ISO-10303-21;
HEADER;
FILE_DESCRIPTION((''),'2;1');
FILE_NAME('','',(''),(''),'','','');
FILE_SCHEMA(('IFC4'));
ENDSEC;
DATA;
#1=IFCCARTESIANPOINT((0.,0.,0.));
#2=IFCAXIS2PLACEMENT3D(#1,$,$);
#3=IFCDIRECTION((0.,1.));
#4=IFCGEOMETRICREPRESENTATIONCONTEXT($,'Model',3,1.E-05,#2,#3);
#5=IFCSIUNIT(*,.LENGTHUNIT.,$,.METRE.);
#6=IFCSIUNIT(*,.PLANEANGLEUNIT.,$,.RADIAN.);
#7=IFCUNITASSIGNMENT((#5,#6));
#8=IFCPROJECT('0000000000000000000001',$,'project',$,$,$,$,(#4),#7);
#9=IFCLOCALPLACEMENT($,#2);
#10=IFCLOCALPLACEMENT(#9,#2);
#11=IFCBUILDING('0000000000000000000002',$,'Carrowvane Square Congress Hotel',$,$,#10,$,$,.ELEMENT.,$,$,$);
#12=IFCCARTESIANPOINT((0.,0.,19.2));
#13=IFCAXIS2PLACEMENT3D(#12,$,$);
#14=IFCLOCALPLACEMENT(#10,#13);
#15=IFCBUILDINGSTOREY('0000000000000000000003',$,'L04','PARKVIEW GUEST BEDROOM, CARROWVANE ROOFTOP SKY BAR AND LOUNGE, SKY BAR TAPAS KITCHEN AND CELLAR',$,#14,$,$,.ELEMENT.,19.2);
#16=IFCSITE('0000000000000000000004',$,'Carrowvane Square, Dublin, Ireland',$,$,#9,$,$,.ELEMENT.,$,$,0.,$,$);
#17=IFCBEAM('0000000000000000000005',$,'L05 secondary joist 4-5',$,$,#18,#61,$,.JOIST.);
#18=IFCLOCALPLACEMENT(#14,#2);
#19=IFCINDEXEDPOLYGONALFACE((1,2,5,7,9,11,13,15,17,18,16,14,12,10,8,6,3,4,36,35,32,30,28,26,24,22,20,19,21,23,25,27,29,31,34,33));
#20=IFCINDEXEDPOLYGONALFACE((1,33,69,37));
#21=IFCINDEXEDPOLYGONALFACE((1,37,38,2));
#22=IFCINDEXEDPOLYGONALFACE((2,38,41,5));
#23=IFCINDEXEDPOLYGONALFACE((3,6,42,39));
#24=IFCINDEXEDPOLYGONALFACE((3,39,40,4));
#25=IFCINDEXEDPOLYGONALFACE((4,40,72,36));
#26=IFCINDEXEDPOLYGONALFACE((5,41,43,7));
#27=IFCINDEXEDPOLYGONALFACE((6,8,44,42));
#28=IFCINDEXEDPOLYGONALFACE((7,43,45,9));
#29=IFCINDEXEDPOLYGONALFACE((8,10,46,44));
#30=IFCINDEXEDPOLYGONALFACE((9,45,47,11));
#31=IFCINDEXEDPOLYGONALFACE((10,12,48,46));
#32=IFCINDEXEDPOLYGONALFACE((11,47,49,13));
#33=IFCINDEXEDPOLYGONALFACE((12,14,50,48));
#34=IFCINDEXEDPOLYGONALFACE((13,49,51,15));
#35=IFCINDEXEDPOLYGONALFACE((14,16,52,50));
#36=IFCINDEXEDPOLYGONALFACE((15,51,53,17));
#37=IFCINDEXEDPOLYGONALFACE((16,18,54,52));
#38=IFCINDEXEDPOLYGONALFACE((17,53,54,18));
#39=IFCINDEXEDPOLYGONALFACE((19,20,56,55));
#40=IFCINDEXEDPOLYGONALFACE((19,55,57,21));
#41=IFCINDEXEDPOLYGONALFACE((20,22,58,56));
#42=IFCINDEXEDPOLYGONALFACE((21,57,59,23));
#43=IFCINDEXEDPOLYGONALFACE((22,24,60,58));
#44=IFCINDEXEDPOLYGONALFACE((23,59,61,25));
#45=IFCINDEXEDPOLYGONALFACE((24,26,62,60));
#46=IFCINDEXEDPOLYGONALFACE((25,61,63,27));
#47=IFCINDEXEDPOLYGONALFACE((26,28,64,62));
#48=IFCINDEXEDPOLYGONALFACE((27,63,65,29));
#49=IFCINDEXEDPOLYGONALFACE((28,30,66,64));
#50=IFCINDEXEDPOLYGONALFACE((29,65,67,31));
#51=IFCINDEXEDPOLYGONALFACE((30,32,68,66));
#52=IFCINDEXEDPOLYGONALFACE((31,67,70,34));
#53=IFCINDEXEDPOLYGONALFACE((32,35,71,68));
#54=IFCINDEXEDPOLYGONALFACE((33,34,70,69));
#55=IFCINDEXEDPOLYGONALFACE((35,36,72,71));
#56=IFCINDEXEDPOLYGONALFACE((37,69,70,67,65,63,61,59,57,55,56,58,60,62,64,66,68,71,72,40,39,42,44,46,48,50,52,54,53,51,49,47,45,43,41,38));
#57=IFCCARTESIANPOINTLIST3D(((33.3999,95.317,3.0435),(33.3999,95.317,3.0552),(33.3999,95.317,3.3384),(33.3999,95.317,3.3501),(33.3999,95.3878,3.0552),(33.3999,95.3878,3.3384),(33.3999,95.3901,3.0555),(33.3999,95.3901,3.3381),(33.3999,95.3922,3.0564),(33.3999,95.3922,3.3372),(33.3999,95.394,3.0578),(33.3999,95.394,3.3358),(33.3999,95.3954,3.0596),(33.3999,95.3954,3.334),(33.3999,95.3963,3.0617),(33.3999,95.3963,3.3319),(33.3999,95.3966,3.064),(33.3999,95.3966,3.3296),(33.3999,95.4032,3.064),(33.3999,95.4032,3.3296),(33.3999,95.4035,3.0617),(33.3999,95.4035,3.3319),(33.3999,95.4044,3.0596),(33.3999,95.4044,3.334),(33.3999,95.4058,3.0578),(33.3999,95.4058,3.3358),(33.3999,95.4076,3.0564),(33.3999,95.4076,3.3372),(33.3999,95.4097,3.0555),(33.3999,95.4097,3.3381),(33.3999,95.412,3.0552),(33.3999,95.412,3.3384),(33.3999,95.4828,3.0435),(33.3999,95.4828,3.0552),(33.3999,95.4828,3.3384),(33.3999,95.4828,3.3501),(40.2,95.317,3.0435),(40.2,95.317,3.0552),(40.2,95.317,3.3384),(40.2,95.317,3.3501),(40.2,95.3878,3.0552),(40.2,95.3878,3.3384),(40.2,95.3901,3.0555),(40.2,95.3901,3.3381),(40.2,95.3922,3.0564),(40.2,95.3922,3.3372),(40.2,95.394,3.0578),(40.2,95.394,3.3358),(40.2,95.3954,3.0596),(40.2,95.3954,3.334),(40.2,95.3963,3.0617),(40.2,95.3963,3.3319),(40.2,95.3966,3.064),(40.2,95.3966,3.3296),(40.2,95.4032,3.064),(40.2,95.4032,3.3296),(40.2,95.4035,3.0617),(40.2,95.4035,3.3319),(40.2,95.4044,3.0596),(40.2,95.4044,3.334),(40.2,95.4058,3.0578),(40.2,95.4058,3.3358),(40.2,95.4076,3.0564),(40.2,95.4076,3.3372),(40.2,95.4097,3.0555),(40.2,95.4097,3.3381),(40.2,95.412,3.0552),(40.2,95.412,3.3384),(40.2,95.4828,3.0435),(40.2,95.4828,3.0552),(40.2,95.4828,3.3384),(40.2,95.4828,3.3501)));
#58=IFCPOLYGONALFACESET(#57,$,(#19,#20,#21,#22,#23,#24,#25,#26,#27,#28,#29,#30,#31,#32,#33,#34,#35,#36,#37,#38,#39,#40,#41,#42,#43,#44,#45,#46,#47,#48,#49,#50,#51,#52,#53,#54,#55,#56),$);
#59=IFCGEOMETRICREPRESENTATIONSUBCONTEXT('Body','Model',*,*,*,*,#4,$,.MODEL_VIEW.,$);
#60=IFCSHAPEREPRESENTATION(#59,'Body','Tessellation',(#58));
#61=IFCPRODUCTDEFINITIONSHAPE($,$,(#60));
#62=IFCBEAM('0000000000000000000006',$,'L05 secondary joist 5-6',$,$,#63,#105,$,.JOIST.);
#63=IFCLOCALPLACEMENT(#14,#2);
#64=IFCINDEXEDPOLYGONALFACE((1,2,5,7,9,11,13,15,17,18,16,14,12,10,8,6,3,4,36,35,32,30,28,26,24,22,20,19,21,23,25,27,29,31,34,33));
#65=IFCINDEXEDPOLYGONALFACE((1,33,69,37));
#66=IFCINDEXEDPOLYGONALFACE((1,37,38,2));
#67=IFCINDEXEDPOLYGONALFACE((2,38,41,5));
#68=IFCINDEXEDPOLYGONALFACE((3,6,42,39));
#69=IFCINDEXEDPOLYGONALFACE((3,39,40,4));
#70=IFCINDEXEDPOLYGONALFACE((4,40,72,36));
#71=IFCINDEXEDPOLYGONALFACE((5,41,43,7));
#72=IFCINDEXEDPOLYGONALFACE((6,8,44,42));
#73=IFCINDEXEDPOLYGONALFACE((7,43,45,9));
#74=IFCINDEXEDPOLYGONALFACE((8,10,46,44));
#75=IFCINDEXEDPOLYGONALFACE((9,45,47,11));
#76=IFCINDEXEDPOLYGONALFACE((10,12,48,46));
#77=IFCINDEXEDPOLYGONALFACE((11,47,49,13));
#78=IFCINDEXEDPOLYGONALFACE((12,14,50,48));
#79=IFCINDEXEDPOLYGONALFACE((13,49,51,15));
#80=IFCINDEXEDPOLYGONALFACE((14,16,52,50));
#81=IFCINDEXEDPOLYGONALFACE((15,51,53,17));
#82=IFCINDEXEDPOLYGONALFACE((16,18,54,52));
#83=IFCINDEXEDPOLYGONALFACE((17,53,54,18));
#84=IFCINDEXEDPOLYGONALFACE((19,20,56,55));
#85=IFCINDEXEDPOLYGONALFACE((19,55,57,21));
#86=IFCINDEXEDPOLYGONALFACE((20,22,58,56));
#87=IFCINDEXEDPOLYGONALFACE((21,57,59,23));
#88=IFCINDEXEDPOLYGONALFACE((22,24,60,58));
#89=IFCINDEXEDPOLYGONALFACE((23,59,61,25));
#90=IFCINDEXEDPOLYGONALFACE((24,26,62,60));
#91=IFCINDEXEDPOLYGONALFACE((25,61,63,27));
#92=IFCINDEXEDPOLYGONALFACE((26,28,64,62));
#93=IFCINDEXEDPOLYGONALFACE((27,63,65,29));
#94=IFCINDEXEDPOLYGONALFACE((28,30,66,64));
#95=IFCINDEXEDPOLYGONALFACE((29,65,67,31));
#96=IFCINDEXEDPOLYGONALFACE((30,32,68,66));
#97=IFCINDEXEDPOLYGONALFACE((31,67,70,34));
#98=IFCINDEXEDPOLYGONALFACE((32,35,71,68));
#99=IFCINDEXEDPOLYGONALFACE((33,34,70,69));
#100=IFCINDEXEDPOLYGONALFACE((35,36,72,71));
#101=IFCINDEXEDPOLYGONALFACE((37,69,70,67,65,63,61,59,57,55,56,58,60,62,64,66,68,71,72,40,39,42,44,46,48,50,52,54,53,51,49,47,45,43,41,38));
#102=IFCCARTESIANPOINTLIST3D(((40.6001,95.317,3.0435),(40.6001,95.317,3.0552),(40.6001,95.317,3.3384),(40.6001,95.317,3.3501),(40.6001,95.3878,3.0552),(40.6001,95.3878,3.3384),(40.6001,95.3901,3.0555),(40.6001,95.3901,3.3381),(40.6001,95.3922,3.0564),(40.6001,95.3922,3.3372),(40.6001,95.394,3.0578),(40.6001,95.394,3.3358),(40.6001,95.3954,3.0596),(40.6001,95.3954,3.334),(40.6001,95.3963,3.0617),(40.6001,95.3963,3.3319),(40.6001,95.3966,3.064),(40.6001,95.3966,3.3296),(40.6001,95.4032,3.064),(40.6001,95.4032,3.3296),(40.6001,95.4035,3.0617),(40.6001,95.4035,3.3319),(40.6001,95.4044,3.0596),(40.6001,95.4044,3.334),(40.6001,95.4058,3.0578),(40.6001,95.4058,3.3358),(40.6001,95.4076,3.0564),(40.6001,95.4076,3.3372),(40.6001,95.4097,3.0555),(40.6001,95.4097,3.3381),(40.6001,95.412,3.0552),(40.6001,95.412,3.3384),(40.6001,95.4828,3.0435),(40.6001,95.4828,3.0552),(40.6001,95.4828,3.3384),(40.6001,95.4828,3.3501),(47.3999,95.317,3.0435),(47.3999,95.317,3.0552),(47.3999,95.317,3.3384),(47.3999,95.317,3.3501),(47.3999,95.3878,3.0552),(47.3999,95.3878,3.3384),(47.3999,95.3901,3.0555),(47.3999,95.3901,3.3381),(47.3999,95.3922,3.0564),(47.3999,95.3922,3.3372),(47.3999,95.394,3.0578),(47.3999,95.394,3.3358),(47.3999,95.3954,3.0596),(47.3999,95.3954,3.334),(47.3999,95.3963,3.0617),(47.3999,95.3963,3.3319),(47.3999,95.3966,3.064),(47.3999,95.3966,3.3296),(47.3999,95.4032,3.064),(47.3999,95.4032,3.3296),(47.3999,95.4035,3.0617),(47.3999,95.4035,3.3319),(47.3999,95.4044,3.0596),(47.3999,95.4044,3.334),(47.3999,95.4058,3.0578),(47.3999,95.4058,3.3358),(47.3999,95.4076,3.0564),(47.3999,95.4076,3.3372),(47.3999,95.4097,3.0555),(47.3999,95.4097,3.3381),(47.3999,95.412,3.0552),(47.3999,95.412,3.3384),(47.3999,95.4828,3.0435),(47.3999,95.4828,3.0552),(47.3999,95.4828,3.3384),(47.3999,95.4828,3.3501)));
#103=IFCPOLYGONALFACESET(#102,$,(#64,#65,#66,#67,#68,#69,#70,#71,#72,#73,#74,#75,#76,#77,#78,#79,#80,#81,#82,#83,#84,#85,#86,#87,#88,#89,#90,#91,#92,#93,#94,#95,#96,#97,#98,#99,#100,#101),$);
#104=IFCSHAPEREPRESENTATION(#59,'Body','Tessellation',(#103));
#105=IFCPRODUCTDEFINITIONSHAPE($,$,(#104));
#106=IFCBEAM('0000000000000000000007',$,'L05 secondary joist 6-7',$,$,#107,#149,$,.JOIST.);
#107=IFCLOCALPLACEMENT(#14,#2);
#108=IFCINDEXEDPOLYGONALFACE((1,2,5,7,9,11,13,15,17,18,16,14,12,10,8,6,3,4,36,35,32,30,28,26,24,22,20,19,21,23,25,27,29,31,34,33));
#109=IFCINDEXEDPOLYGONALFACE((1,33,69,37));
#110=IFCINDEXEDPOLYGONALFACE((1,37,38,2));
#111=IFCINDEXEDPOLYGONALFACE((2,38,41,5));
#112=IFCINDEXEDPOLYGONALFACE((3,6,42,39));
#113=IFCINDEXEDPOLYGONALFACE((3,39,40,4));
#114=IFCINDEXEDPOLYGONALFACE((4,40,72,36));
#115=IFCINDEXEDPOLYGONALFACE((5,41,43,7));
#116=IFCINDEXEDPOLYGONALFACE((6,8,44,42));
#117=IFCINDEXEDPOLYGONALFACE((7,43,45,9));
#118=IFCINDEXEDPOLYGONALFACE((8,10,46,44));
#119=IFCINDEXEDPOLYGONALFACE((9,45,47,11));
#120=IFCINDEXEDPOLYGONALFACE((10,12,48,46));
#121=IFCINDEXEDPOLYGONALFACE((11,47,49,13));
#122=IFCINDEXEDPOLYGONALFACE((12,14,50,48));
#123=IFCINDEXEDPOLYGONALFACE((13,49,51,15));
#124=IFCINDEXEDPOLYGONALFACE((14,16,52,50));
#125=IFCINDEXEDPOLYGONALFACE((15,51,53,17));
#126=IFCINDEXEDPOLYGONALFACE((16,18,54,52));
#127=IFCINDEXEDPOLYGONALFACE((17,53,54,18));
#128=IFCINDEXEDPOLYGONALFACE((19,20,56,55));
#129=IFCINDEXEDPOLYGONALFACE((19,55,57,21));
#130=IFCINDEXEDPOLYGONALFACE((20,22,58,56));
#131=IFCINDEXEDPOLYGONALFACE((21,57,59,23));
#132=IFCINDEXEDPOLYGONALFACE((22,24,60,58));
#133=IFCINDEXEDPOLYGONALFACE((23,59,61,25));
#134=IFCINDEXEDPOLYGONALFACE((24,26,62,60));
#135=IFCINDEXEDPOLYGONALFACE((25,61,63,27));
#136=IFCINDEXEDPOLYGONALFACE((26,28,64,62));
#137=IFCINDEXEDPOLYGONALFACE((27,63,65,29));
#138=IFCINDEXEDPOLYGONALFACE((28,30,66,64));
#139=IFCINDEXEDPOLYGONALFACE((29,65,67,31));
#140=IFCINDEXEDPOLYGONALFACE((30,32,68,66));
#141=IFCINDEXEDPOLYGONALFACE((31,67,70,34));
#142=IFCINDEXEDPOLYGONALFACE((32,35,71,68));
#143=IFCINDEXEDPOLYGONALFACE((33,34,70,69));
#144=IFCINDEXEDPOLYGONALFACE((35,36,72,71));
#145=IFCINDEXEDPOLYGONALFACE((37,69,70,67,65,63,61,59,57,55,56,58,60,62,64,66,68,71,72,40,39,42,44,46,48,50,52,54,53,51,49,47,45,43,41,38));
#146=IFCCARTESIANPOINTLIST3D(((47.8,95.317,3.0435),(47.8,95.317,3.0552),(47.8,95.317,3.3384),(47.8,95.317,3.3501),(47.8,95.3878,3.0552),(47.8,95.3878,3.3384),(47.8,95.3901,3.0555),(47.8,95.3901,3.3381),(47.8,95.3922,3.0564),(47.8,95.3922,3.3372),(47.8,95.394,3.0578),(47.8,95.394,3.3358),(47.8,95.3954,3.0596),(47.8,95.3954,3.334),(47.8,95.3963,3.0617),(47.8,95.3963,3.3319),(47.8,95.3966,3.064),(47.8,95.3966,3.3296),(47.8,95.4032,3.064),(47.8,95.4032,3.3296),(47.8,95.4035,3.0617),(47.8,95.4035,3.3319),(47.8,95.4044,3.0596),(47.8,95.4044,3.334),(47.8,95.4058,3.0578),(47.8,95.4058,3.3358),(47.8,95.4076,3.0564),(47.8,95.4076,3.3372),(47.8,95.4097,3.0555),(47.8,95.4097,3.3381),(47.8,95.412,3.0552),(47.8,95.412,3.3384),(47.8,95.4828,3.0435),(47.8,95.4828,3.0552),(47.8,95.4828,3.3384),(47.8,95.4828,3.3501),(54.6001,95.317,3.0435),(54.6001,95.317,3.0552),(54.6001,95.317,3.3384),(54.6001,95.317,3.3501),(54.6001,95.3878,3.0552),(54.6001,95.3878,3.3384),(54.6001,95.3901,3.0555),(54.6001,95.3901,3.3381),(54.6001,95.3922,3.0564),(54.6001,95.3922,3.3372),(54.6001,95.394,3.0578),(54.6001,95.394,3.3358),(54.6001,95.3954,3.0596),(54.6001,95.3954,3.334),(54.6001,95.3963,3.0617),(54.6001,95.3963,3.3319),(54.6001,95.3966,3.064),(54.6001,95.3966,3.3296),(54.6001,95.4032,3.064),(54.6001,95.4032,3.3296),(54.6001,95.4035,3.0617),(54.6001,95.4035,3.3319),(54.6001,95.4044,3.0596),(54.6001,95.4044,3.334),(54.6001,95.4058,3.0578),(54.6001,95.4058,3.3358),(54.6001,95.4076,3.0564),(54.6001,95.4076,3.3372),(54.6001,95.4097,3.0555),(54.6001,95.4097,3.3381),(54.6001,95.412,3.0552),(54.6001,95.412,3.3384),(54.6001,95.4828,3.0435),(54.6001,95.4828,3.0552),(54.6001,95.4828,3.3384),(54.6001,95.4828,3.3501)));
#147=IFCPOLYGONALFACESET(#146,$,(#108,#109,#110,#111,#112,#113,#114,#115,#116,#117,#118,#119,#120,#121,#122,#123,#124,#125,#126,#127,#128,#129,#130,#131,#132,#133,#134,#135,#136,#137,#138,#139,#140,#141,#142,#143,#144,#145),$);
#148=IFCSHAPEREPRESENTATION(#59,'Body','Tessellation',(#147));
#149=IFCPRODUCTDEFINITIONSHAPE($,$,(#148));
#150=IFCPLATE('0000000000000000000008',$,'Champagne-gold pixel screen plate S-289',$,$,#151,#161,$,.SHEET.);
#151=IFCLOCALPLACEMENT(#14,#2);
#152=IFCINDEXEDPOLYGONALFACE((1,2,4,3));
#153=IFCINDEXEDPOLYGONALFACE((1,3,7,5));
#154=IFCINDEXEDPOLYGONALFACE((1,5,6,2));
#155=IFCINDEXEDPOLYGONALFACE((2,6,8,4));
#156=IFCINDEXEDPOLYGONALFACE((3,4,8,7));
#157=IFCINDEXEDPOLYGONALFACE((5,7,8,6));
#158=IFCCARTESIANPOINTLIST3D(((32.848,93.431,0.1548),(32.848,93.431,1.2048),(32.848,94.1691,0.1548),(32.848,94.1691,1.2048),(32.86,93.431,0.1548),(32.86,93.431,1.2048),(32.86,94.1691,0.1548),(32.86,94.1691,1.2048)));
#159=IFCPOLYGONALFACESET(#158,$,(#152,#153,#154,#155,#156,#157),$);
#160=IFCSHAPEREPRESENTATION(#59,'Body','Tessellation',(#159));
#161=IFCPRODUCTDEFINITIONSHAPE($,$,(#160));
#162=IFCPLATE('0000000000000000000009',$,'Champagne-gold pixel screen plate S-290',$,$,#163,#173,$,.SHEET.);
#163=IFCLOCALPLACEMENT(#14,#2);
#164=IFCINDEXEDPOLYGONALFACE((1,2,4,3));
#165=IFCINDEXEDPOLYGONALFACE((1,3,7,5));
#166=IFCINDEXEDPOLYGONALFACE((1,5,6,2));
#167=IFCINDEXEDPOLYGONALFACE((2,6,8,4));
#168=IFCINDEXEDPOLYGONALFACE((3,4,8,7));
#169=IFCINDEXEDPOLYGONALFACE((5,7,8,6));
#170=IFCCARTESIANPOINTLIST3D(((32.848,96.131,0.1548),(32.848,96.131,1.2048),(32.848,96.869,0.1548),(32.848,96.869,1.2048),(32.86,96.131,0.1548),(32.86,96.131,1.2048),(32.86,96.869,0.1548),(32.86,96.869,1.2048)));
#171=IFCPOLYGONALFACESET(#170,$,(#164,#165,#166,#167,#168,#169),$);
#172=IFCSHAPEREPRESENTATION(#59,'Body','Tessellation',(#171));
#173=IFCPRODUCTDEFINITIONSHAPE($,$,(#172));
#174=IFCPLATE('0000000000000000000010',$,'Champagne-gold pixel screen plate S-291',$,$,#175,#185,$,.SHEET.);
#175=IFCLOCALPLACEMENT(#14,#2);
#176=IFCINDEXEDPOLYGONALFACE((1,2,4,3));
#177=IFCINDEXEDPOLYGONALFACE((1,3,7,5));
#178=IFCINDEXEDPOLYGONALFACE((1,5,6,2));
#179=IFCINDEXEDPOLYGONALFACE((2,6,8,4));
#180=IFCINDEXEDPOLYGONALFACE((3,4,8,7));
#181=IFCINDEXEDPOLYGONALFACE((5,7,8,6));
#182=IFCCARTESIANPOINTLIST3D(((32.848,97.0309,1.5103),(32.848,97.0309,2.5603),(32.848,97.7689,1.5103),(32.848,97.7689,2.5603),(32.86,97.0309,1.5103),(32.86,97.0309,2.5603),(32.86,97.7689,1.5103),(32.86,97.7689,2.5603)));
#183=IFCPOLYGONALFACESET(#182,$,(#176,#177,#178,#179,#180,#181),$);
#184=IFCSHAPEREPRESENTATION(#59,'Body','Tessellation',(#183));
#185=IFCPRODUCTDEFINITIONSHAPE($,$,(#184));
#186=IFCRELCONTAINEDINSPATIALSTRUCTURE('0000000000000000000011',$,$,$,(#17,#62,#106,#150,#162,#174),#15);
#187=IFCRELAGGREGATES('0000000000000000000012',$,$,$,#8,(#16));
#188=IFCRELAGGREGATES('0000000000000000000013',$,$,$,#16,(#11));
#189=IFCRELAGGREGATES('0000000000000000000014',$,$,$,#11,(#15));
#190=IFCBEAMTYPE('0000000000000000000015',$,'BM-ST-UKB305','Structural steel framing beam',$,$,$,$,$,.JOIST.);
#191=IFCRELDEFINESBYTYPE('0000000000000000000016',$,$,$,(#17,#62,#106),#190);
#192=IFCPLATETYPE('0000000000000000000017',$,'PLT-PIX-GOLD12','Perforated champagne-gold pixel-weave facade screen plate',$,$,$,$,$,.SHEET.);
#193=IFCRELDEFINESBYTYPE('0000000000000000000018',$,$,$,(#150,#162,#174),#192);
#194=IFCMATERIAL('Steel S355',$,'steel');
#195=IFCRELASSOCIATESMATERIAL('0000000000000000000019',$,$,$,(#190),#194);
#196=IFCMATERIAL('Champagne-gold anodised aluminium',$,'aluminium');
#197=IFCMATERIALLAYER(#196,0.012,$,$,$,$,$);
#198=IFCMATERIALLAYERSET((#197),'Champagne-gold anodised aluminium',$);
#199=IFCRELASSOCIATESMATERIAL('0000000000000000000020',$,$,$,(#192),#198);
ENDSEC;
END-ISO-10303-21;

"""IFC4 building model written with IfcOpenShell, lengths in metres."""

from ifc_helpers import new_model, si_unit, direction, frame, origin, origin_2d, place, context, subcontext, project, spatial, rectangle, i_section, extrude, material, layer, layer_set, material_profile, profile_set, type_object, element, save


model = new_model("IFC4")

# Units and contexts
model_context = context("Model", 3, precision=1e-05, world=origin(), true_north=direction((0.0, 1.0)))
body_context = subcontext(model_context, "Body", "Model", "MODEL_VIEW")
ifc_project = project(units=[si_unit("LENGTHUNIT", "METRE"), si_unit("PLANEANGLEUNIT", "RADIAN")], contexts=[model_context])

# Site, building, storey
site_placement = place(None, origin())
site = spatial("IfcSite", under=ifc_project, at=site_placement, Name="Carrowvane Square, Dublin, Ireland", CompositionType="ELEMENT", RefElevation=0.0)
building_placement = place(site_placement, origin())
building = spatial("IfcBuilding", under=site, at=building_placement, Name="Carrowvane Square Congress Hotel", CompositionType="ELEMENT")
storey_placement = place(building_placement, frame((0.0, 0.0, 19.2)))
storey = spatial("IfcBuildingStorey", under=building, at=storey_placement, Name="L04", Description="PARKVIEW GUEST BEDROOM, CARROWVANE ROOFTOP SKY BAR AND LOUNGE, SKY BAR TAPAS KITCHEN AND CELLAR", CompositionType="ELEMENT", Elevation=19.2)

# Beams
ifc_material_1 = material(Name="Steel S355", Category="steel")
ifc_material_profile_1 = material_profile(ifc_material_1, i_section(OverallWidth=0.1658, OverallDepth=0.3066, WebThickness=0.0066, FlangeThickness=0.0117, FilletRadius=0.0088, at=origin_2d()), Name="UKB 305x165x46")
ifc_profile_set_1 = profile_set([ifc_material_profile_1], Name="Steel S355")
beam_type_1 = type_object("IfcBeamType", Name="BM-ST-UKB305", Description="Structural steel framing beam", PredefinedType="JOIST", material=ifc_profile_set_1)
beam_1_placement = place(storey_placement, frame((33.3999, 95.3999, 3.1968), z_axis=(1.0, 0.0, 0.0), x_axis=(0.0, 1.0, 0.0)))
element("IfcBeam", 1, at=beam_1_placement, inside=storey, type_object=beam_type_1, Name="L05 secondary joist 4-5", PredefinedType="JOIST", context=body_context, shape_type="SweptSolid", body=[
    extrude(i_section(OverallWidth=0.1658, OverallDepth=0.3066, WebThickness=0.0066, FlangeThickness=0.0117, FilletRadius=0.0088, at=origin_2d()), origin(), (0.0, 0.0, 1.0), 6.8),
])
beam_2_placement = place(storey_placement, frame((40.6001, 95.3999, 3.1968), z_axis=(1.0, 0.0, 0.0), x_axis=(0.0, 1.0, 0.0)))
element("IfcBeam", 2, at=beam_2_placement, inside=storey, type_object=beam_type_1, Name="L05 secondary joist 5-6", PredefinedType="JOIST", context=body_context, shape_type="SweptSolid", body=[
    extrude(i_section(OverallWidth=0.1658, OverallDepth=0.3066, WebThickness=0.0066, FlangeThickness=0.0117, FilletRadius=0.0088, at=origin_2d()), origin(), (0.0, 0.0, 1.0), 6.7998),
])
beam_3_placement = place(storey_placement, frame((47.8, 95.3999, 3.1968), z_axis=(1.0, 0.0, 0.0), x_axis=(0.0, 1.0, 0.0)))
element("IfcBeam", 3, at=beam_3_placement, inside=storey, type_object=beam_type_1, Name="L05 secondary joist 6-7", PredefinedType="JOIST", context=body_context, shape_type="SweptSolid", body=[
    extrude(i_section(OverallWidth=0.1658, OverallDepth=0.3066, WebThickness=0.0066, FlangeThickness=0.0117, FilletRadius=0.0088, at=origin_2d()), origin(), (0.0, 0.0, 1.0), 6.8),
])

# Plates
ifc_material_2 = material(Name="Champagne-gold anodised aluminium", Category="aluminium")
ifc_layer_1 = layer(ifc_material_2, 0.012)
ifc_layer_set_1 = layer_set([ifc_layer_1], Name="Champagne-gold anodised aluminium")
plate_type = type_object("IfcPlateType", Name="PLT-PIX-GOLD12", Description="Perforated champagne-gold pixel-weave facade screen plate", PredefinedType="SHEET", material=ifc_layer_set_1)
for number, where, z_axis, x_axis, name in (
    (4, (32.854, 93.8, 0.1548), (0.0, 0.0, 1.0), (0.0, 1.0, 0.0), "Champagne-gold pixel screen plate S-289"),
    (5, (32.854, 96.5, 0.1548), (0.0, 0.0, 1.0), (0.0, 1.0, 0.0), "Champagne-gold pixel screen plate S-290"),
    (6, (32.854, 97.3999, 1.5103), (0.0, 0.0, 1.0), (0.0, 1.0, 0.0), "Champagne-gold pixel screen plate S-291"),
):
    element("IfcPlate", number, at=place(storey_placement, frame(where, z_axis=z_axis, x_axis=x_axis)), inside=storey, type_object=plate_type, Name=name, PredefinedType="SHEET", context=body_context, shape_type="SweptSolid", body=[
        extrude(rectangle(XDim=0.738, YDim=0.012, at=origin_2d()), origin(), (0.0, 0.0, 1.0), 1.05),
    ])

save(model, "model.ifc")
